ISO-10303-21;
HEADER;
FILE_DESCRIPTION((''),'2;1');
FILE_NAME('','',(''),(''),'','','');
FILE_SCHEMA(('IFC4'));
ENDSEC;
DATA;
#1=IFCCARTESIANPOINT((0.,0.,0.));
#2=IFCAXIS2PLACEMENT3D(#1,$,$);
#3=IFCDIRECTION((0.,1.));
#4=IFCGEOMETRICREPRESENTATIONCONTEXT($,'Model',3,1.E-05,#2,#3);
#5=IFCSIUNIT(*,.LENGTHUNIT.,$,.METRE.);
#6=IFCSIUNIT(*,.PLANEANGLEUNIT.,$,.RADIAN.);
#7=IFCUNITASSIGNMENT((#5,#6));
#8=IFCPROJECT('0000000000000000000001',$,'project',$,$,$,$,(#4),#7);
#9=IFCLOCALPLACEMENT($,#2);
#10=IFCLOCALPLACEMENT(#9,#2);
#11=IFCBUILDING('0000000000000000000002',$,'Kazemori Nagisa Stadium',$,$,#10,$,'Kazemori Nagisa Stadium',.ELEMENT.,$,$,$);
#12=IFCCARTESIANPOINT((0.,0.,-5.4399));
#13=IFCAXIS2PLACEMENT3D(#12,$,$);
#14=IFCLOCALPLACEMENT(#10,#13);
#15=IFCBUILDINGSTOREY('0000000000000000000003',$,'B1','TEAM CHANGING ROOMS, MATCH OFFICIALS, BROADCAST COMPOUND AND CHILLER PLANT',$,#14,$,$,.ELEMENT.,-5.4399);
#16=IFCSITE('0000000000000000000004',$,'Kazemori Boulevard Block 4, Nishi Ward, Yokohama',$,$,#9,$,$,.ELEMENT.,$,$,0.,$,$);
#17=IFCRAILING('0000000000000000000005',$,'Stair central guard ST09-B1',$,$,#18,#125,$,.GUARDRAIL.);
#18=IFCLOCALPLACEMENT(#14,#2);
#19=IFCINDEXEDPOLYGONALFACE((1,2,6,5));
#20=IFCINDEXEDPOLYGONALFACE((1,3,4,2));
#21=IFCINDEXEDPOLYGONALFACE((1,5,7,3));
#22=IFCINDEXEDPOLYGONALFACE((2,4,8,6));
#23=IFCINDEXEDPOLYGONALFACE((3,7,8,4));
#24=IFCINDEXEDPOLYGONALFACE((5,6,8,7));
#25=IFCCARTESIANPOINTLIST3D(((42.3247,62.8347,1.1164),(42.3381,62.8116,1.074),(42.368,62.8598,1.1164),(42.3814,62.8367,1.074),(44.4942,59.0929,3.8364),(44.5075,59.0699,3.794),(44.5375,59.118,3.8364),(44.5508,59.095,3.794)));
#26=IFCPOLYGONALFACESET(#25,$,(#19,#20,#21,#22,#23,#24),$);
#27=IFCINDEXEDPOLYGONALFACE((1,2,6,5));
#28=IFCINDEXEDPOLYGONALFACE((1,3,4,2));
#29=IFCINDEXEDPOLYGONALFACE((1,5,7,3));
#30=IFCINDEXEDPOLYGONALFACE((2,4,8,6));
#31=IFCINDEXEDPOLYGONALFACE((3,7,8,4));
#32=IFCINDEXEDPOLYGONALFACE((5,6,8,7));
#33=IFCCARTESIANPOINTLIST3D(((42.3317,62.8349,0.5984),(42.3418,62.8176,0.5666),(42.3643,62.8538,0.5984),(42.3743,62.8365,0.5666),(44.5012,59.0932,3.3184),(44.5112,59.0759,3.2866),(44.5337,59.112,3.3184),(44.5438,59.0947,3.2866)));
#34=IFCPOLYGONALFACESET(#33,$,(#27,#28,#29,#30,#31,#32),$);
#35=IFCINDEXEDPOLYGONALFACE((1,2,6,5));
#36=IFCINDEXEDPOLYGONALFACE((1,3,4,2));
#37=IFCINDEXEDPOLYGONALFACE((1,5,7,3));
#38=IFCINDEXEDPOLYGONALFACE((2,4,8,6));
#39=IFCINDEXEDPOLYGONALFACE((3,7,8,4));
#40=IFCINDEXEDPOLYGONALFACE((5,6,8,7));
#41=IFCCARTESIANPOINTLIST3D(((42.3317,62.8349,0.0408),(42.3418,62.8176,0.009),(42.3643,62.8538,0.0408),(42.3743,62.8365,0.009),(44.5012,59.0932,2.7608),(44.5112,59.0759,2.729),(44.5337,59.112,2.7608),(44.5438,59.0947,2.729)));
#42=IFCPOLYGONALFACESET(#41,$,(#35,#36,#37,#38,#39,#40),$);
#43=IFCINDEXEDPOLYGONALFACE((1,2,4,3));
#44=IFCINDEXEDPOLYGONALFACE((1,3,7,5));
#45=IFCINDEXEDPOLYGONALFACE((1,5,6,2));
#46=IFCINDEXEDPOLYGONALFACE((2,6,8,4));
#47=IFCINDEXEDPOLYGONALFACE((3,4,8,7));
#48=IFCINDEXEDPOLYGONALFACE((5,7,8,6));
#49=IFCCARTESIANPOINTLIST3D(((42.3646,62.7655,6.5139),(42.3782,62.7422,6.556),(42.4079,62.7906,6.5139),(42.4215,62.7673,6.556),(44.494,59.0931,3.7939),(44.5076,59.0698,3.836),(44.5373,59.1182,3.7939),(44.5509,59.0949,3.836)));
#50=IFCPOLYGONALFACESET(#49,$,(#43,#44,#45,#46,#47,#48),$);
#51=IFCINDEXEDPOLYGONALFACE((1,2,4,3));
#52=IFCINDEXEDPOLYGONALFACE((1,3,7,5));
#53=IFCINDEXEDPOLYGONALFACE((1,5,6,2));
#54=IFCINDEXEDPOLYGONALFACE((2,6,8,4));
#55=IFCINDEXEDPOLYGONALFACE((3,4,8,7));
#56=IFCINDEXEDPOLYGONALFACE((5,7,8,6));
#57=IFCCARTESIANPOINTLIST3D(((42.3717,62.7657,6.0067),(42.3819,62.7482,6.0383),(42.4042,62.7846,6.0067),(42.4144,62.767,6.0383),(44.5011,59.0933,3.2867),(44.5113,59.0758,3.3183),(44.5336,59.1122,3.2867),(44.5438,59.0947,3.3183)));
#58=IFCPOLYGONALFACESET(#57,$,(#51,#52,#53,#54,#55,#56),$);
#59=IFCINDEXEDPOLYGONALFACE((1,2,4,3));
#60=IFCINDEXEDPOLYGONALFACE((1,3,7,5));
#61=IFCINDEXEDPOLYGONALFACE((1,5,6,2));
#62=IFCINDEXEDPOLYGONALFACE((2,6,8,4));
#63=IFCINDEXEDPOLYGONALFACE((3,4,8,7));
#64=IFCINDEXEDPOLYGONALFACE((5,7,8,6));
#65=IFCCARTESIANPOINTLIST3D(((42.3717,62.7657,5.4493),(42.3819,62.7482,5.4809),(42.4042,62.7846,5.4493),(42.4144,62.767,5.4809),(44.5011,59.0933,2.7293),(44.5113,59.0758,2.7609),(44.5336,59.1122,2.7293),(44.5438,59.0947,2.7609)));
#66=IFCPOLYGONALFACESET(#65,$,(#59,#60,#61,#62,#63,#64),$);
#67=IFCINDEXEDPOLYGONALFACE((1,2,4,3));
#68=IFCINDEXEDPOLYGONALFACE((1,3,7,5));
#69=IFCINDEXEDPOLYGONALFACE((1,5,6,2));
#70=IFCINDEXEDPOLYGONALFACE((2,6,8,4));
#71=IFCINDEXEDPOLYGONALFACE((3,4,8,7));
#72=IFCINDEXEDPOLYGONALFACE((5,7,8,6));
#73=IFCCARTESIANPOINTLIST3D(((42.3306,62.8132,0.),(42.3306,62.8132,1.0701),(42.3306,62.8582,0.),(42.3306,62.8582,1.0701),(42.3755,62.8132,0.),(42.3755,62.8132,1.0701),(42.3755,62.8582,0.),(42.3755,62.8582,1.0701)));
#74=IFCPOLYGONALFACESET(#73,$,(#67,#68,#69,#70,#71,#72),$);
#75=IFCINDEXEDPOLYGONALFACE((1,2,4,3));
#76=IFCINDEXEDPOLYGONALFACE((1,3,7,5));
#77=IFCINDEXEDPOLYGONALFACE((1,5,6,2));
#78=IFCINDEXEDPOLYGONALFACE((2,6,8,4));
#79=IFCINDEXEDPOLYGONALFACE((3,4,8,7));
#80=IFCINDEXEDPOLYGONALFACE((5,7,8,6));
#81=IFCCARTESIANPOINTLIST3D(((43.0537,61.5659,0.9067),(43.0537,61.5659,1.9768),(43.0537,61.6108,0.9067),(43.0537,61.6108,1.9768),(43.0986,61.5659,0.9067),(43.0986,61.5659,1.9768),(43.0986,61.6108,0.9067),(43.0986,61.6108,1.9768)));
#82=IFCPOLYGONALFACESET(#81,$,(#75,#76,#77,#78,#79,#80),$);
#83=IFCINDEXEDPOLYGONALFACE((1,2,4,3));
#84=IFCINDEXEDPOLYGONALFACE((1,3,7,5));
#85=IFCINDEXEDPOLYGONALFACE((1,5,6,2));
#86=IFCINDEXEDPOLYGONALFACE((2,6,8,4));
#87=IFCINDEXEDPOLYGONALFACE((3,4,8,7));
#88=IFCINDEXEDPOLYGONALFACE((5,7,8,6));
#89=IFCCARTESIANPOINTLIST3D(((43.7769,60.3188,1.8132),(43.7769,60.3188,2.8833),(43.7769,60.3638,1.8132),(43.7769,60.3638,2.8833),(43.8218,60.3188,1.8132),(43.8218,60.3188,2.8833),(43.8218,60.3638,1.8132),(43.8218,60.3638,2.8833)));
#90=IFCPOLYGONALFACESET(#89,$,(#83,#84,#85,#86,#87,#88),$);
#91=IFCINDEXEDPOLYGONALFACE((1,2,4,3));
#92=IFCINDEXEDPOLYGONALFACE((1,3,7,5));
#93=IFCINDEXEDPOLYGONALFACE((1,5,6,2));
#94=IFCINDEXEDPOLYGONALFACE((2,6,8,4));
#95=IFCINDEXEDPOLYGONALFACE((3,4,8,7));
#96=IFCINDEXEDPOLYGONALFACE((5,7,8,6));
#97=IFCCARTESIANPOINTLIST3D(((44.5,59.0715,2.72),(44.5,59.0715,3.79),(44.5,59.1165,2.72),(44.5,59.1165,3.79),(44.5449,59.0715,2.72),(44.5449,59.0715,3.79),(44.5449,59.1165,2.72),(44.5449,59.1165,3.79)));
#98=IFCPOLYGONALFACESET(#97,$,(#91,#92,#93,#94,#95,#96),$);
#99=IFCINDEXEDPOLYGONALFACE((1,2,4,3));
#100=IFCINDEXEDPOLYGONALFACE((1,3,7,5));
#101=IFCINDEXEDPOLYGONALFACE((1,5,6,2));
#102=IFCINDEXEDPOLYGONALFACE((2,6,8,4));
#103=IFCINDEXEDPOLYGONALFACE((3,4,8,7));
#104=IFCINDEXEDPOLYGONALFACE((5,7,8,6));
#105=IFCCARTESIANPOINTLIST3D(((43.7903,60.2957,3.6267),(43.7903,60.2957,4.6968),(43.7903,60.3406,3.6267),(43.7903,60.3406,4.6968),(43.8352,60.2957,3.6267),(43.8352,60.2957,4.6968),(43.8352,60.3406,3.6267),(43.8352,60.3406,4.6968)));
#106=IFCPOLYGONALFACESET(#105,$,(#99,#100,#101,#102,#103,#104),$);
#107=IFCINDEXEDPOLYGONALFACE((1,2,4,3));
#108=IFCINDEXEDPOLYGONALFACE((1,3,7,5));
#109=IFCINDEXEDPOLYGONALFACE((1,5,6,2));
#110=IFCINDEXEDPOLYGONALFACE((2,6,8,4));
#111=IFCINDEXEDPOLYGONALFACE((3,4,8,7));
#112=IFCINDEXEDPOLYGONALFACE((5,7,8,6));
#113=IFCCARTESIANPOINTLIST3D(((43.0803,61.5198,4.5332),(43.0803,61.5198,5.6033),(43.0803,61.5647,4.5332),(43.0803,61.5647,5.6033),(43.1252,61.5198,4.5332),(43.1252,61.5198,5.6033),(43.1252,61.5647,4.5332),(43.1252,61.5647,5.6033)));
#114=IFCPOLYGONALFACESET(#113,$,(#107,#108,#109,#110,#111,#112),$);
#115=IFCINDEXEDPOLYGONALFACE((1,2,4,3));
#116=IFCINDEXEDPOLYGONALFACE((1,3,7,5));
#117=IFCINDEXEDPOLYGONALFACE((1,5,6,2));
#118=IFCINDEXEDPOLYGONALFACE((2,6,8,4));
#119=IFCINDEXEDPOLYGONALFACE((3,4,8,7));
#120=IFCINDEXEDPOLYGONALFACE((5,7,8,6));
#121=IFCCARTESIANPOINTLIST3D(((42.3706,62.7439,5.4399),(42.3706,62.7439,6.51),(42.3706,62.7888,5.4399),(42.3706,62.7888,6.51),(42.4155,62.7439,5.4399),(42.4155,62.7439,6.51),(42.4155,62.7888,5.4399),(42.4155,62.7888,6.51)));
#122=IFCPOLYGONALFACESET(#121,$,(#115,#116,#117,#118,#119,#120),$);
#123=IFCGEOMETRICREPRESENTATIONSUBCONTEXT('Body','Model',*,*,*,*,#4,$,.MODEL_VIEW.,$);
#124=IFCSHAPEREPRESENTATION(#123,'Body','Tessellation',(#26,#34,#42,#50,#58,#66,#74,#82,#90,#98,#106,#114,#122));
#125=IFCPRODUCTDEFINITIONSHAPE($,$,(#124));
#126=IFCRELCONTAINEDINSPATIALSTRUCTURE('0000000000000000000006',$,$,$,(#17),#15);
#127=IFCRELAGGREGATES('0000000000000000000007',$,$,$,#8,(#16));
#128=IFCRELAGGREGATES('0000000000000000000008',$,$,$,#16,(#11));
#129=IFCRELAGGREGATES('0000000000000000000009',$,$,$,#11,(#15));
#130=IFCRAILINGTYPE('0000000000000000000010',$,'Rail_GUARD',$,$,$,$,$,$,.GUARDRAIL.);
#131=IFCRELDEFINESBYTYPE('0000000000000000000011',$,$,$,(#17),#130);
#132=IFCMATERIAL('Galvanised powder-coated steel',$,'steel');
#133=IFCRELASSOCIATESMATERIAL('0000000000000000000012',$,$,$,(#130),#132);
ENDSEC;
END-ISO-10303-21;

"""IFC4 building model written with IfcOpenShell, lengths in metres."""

from ifc_helpers import new_model, si_unit, direction, frame, origin, origin_2d, place, context, subcontext, project, spatial, rectangle, extrude, material, type_object, element, save


model = new_model("IFC4")

# Units and contexts
model_context = context("Model", 3, precision=1e-05, world=origin(), true_north=direction((0.0, 1.0)))
body_context = subcontext(model_context, "Body", "Model", "MODEL_VIEW")
ifc_project = project(units=[si_unit("LENGTHUNIT", "METRE"), si_unit("PLANEANGLEUNIT", "RADIAN")], contexts=[model_context])

# Site, building, storey
site_placement = place(None, origin())
site = spatial("IfcSite", under=ifc_project, at=site_placement, Name="Kazemori Boulevard Block 4, Nishi Ward, Yokohama", CompositionType="ELEMENT", RefElevation=0.0)
building_placement = place(site_placement, origin())
building = spatial("IfcBuilding", under=site, at=building_placement, Name="Kazemori Nagisa Stadium", LongName="Kazemori Nagisa Stadium", CompositionType="ELEMENT")
storey_placement = place(building_placement, frame((0.0, 0.0, -5.4399)))
storey = spatial("IfcBuildingStorey", under=building, at=storey_placement, Name="B1", Description="TEAM CHANGING ROOMS, MATCH OFFICIALS, BROADCAST COMPOUND AND CHILLER PLANT", CompositionType="ELEMENT", Elevation=-5.4399)

# Railing
ifc_material_1 = material(Name="Galvanised powder-coated steel", Category="steel")
railing_type_1 = type_object("IfcRailingType", Name="Rail_GUARD", PredefinedType="GUARDRAIL", material=ifc_material_1)
railing_1_placement = place(storey_placement, frame((42.353, 62.8357, 0.0)))
element("IfcRailing", 1, at=railing_1_placement, inside=storey, type_object=railing_type_1, Name="Stair central guard ST09-B1", PredefinedType="GUARDRAIL", context=body_context, shape_type="SweptSolid", body=[
    extrude(rectangle(XDim=0.05, YDim=0.05, at=origin_2d()), frame((0.0, 0.0, 1.0952), z_axis=(0.424604, -0.73233, 0.532356), x_axis=(0.865107, 0.501588, 0.0)), (0.0, 0.0, 1.0), 5.1094),
    extrude(rectangle(XDim=0.0376, YDim=0.0376, at=origin_2d()), frame((0.0, 0.0, 0.5825), z_axis=(0.424604, -0.73233, 0.532356), x_axis=(0.865107, 0.501588, 0.0)), (0.0, 0.0, 1.0), 5.1094),
    extrude(rectangle(XDim=0.0376, YDim=0.0376, at=origin_2d()), frame((0.0, 0.0, 0.0249), z_axis=(0.424604, -0.73233, 0.532356), x_axis=(0.865107, 0.501588, 0.0)), (0.0, 0.0, 1.0), 5.1094),
    extrude(rectangle(XDim=0.05, YDim=0.05, at=origin_2d()), frame((2.1694, -3.7417, 3.8149), z_axis=(-0.422356, 0.728397, 0.539494), x_axis=(-0.86509, -0.501617, 0.0)), (0.0, 0.0, 1.0), 5.0417),
    extrude(rectangle(XDim=0.0376, YDim=0.0376, at=origin_2d()), frame((2.1694, -3.7417, 3.3025), z_axis=(-0.422356, 0.728397, 0.539494), x_axis=(-0.86509, -0.501617, 0.0)), (0.0, 0.0, 1.0), 5.0417),
    extrude(rectangle(XDim=0.0376, YDim=0.0376, at=origin_2d()), frame((2.1694, -3.7417, 2.7451), z_axis=(-0.422356, 0.728397, 0.539494), x_axis=(-0.86509, -0.501617, 0.0)), (0.0, 0.0, 1.0), 5.0417),
    extrude(rectangle(XDim=0.0449, YDim=0.0449, at=origin_2d()), origin(), (0.0, 0.0, 1.0), 1.0701),
    extrude(rectangle(XDim=0.0449, YDim=0.0449, at=origin_2d()), frame((0.7231, -1.2473, 0.9067)), (0.0, 0.0, 1.0), 1.0701),
    extrude(rectangle(XDim=0.0449, YDim=0.0449, at=origin_2d()), frame((1.4463, -2.4944, 1.8132)), (0.0, 0.0, 1.0), 1.0701),
    extrude(rectangle(XDim=0.0449, YDim=0.0449, at=origin_2d()), frame((2.1694, -3.7417, 2.72)), (0.0, 0.0, 1.0), 1.0701),
    extrude(rectangle(XDim=0.0449, YDim=0.0449, at=origin_2d()), frame((1.4597, -2.5176, 3.6267)), (0.0, 0.0, 1.0), 1.0701),
    extrude(rectangle(XDim=0.0449, YDim=0.0449, at=origin_2d()), frame((0.7498, -1.2935, 4.5332)), (0.0, 0.0, 1.0), 1.0701),
    extrude(rectangle(XDim=0.0449, YDim=0.0449, at=origin_2d()), frame((0.04, -0.0693, 5.4399)), (0.0, 0.0, 1.0), 1.0701),
])

save(model, "model.ifc")
